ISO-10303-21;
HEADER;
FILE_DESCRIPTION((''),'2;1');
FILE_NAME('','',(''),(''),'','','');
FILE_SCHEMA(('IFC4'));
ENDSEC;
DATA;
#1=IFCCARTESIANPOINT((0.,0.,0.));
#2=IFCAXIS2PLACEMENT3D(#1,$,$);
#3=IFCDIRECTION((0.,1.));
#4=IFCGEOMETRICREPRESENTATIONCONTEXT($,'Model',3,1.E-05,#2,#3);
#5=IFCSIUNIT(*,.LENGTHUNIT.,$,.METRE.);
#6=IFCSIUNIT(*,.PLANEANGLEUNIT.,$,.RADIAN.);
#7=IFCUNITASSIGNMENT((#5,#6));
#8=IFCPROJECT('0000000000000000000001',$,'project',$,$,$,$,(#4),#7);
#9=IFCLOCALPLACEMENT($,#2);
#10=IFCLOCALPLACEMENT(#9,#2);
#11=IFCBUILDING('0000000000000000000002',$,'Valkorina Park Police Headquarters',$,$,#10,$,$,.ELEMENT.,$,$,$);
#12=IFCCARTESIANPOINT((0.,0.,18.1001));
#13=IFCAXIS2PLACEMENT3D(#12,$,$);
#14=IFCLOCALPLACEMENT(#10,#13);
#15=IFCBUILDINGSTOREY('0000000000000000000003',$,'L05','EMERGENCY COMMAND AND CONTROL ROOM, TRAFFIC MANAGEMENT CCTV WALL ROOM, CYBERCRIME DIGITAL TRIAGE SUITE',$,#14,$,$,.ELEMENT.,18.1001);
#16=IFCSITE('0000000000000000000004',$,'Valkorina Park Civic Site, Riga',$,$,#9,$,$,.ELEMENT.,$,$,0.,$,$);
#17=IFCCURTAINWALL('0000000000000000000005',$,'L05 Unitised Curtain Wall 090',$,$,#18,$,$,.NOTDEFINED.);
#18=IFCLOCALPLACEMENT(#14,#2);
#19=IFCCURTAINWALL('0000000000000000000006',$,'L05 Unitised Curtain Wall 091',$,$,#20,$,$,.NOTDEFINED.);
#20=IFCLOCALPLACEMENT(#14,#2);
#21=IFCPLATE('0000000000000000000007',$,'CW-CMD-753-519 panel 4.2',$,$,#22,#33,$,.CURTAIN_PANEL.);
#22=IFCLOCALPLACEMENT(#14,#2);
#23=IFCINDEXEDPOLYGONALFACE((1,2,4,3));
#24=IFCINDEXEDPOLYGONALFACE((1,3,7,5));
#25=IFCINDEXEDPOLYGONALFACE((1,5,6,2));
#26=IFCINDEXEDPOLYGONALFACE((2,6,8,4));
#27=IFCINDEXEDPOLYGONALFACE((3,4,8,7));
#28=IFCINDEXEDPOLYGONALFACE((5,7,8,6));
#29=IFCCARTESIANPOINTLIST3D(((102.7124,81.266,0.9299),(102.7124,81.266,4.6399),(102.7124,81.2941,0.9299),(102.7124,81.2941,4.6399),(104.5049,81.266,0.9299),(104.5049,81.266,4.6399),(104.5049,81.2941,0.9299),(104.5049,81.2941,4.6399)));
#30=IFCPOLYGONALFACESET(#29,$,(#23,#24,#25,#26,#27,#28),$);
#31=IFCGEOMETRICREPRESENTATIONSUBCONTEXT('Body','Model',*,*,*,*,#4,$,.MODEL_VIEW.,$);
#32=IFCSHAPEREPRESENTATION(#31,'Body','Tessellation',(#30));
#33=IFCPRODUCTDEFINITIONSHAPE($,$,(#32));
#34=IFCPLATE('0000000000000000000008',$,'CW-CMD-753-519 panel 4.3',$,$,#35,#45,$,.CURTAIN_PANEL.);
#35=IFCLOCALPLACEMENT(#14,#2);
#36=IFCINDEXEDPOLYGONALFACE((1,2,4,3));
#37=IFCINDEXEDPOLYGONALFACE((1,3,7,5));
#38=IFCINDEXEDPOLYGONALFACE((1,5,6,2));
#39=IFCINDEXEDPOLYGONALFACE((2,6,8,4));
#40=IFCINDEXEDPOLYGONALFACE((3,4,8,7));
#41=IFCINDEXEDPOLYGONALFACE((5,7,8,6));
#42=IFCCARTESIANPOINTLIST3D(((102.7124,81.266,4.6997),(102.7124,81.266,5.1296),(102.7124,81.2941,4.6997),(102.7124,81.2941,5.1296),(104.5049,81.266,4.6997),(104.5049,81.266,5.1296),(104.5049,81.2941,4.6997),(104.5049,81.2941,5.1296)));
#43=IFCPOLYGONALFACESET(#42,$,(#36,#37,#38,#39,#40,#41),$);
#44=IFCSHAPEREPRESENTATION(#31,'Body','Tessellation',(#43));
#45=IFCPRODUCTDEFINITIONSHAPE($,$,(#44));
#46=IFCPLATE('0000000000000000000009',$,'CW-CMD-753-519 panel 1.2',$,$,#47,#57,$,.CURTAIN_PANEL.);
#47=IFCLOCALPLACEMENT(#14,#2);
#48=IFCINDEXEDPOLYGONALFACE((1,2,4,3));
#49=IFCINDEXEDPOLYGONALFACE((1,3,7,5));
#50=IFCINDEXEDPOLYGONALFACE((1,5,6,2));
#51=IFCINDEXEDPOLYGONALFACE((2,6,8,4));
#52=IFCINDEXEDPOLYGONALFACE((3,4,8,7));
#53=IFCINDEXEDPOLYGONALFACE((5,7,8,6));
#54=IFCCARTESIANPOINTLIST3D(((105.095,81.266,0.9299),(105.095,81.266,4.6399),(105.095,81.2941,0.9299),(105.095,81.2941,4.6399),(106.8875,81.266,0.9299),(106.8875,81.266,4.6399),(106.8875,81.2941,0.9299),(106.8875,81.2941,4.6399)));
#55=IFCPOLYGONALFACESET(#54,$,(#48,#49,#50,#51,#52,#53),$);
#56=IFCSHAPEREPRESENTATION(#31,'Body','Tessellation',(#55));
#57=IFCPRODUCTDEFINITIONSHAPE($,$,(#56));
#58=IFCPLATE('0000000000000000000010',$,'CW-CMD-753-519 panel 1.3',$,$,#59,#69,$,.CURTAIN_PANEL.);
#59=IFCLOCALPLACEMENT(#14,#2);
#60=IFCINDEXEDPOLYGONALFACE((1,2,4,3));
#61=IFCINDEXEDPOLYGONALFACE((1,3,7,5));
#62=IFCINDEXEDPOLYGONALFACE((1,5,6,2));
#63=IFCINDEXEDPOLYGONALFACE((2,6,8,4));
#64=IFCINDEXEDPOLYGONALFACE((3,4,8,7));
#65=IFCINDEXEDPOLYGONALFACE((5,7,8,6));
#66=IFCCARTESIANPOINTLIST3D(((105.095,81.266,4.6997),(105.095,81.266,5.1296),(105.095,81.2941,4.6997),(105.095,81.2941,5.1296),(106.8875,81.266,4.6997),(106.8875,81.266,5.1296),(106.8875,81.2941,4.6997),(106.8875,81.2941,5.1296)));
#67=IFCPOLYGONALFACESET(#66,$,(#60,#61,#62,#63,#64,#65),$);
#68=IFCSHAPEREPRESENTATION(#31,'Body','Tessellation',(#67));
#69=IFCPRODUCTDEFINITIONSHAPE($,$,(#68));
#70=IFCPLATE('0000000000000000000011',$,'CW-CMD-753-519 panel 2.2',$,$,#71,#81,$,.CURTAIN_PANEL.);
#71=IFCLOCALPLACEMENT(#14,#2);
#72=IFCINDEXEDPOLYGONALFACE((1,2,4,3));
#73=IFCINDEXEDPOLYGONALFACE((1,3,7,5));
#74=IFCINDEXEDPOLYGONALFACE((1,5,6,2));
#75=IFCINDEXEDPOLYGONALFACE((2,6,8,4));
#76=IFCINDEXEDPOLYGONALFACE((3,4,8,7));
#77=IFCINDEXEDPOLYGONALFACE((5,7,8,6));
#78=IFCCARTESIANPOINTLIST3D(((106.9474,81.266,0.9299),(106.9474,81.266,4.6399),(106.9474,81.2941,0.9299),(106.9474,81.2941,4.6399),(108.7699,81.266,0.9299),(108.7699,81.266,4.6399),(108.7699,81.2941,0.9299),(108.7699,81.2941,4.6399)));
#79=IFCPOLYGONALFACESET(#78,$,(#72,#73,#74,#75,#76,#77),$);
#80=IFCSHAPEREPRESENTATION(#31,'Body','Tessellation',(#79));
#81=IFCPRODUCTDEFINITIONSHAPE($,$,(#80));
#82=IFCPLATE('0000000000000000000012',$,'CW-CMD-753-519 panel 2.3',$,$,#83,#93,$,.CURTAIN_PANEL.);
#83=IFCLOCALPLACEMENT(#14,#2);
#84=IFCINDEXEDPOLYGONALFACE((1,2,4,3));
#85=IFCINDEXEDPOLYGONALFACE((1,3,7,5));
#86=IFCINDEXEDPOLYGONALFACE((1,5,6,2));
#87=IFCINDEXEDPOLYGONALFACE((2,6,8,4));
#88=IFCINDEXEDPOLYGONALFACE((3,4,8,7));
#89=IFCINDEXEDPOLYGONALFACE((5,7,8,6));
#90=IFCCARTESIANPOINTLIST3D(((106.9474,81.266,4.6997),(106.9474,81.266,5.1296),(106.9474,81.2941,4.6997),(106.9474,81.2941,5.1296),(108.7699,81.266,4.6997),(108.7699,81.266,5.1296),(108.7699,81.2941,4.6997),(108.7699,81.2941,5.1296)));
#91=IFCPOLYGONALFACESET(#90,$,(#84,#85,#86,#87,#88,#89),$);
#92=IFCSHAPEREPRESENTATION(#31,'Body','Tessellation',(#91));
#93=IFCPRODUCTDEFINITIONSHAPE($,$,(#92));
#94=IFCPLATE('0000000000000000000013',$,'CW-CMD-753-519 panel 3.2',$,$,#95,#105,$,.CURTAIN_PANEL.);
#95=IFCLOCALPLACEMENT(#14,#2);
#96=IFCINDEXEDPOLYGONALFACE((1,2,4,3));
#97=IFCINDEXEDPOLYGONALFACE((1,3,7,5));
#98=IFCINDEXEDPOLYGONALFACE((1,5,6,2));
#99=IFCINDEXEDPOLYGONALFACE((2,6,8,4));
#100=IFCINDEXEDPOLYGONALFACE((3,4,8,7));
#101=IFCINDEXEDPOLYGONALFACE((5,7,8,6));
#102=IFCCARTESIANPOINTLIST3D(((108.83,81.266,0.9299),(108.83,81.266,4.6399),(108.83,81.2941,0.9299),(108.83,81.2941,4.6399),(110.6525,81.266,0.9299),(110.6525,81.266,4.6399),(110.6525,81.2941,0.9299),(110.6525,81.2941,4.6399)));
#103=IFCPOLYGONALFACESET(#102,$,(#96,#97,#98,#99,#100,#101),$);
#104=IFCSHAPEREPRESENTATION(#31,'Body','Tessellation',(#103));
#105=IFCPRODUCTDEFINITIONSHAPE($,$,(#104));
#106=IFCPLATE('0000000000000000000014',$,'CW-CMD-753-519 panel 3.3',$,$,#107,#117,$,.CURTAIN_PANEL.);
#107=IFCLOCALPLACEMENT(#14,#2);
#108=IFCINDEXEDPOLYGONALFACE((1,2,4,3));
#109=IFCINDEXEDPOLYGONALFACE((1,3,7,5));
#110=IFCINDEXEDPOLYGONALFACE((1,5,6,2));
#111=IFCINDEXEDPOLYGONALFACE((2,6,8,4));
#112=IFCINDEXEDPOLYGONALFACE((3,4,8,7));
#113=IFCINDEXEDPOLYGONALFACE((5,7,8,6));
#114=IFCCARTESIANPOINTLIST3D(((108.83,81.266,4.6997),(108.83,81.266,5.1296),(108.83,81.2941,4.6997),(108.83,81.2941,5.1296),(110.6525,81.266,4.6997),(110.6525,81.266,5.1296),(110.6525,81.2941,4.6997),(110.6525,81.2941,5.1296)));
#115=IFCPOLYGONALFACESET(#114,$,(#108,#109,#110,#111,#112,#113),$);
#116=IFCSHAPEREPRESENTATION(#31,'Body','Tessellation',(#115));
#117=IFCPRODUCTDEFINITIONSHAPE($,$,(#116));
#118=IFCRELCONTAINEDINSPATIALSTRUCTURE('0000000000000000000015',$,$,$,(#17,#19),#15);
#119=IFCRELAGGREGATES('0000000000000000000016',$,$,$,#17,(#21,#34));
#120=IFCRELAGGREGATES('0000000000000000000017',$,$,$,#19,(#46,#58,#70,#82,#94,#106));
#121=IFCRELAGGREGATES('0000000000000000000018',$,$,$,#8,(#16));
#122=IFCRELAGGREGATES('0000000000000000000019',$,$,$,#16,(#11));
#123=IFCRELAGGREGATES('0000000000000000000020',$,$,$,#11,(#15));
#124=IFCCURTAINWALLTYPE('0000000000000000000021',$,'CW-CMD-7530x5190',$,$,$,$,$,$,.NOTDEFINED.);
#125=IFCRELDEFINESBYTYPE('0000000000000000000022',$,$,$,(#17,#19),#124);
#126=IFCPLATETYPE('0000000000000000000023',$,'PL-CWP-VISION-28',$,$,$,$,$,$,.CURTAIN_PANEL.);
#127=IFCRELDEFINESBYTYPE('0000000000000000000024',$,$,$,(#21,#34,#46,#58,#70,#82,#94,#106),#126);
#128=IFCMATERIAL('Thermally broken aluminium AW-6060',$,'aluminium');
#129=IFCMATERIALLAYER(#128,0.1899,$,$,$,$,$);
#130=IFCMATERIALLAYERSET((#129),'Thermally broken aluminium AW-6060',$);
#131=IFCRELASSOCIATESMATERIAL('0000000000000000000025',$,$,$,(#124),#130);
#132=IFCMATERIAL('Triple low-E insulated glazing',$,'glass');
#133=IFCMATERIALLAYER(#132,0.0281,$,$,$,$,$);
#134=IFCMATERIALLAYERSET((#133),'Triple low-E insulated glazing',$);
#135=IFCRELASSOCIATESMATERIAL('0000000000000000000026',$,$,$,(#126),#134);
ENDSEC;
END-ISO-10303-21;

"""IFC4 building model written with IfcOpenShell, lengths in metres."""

from ifc_helpers import new_model, si_unit, direction, frame, origin, origin_2d, place, context, subcontext, project, spatial, rectangle, extrude, material, layer, layer_set, type_object, element, aggregate, save


model = new_model("IFC4")

# Units and contexts
model_context = context("Model", 3, precision=1e-05, world=origin(), true_north=direction((0.0, 1.0)))
body_context = subcontext(model_context, "Body", "Model", "MODEL_VIEW")
ifc_project = project(units=[si_unit("LENGTHUNIT", "METRE"), si_unit("PLANEANGLEUNIT", "RADIAN")], contexts=[model_context])

# Site, building, storey
site_placement = place(None, origin())
site = spatial("IfcSite", under=ifc_project, at=site_placement, Name="Valkorina Park Civic Site, Riga", CompositionType="ELEMENT", RefElevation=0.0)
building_placement = place(site_placement, origin())
building = spatial("IfcBuilding", under=site, at=building_placement, Name="Valkorina Park Police Headquarters", CompositionType="ELEMENT")
storey_placement = place(building_placement, frame((0.0, 0.0, 18.1001)))
storey = spatial("IfcBuildingStorey", under=building, at=storey_placement, Name="L05", Description="EMERGENCY COMMAND AND CONTROL ROOM, TRAFFIC MANAGEMENT CCTV WALL ROOM, CYBERCRIME DIGITAL TRIAGE SUITE", CompositionType="ELEMENT", Elevation=18.1001)

# Curtain wall
ifc_material_1 = material(Name="Thermally broken aluminium AW-6060", Category="aluminium")
ifc_layer_1 = layer(ifc_material_1, 0.1899)
ifc_layer_set_1 = layer_set([ifc_layer_1], Name="Thermally broken aluminium AW-6060")
curtain_wall_type = type_object("IfcCurtainWallType", Name="CW-CMD-7530x5190", PredefinedType="NOTDEFINED", material=ifc_layer_set_1)
curtain_wall_1_placement = place(storey_placement, origin())
curtain_wall_1 = element("IfcCurtainWall", 1, at=curtain_wall_1_placement, inside=storey, type_object=curtain_wall_type, Name="L05 Unitised Curtain Wall 090", PredefinedType="NOTDEFINED")

# Curtain wall
curtain_wall_2_placement = place(storey_placement, origin())
curtain_wall_2 = element("IfcCurtainWall", 2, at=curtain_wall_2_placement, inside=storey, type_object=curtain_wall_type, Name="L05 Unitised Curtain Wall 091", PredefinedType="NOTDEFINED")

# Plates
ifc_material_2 = material(Name="Triple low-E insulated glazing", Category="glass")
ifc_layer_2 = layer(ifc_material_2, 0.0281)
ifc_layer_set_2 = layer_set([ifc_layer_2], Name="Triple low-E insulated glazing")
plate_type_1 = type_object("IfcPlateType", Name="PL-CWP-VISION-28", PredefinedType="CURTAIN_PANEL", material=ifc_layer_set_2)
plate_1_placement = place(storey_placement, frame((103.6086, 81.28, 0.9299), z_axis=(0.0, 0.0, 1.0), x_axis=(1.0, 0.0, 0.0)))
plate_1 = element("IfcPlate", 3, at=plate_1_placement, type_object=plate_type_1, Name="CW-CMD-753-519 panel 4.2", PredefinedType="CURTAIN_PANEL", context=body_context, shape_type="SweptSolid", body=[
    extrude(rectangle(XDim=1.7925, YDim=0.0281, at=origin_2d()), origin(), (0.0, 0.0, 1.0), 3.71),
])
plate_2_placement = place(storey_placement, frame((103.6086, 81.28, 4.6997), z_axis=(0.0, 0.0, 1.0), x_axis=(1.0, 0.0, 0.0)))
plate_2 = element("IfcPlate", 4, at=plate_2_placement, type_object=plate_type_1, Name="CW-CMD-753-519 panel 4.3", PredefinedType="CURTAIN_PANEL", context=body_context, shape_type="SweptSolid", body=[
    extrude(rectangle(XDim=1.7925, YDim=0.0281, at=origin_2d()), origin(), (0.0, 0.0, 1.0), 0.4299),
])
aggregate(curtain_wall_1, [plate_1, plate_2])
plate_3_placement = place(storey_placement, frame((105.9912, 81.28, 0.9299), z_axis=(0.0, 0.0, 1.0), x_axis=(1.0, 0.0, 0.0)))
plate_3 = element("IfcPlate", 5, at=plate_3_placement, type_object=plate_type_1, Name="CW-CMD-753-519 panel 1.2", PredefinedType="CURTAIN_PANEL", context=body_context, shape_type="SweptSolid", body=[
    extrude(rectangle(XDim=1.7925, YDim=0.0281, at=origin_2d()), origin(), (0.0, 0.0, 1.0), 3.71),
])
plate_4_placement = place(storey_placement, frame((105.9912, 81.28, 4.6997), z_axis=(0.0, 0.0, 1.0), x_axis=(1.0, 0.0, 0.0)))
plate_4 = element("IfcPlate", 6, at=plate_4_placement, type_object=plate_type_1, Name="CW-CMD-753-519 panel 1.3", PredefinedType="CURTAIN_PANEL", context=body_context, shape_type="SweptSolid", body=[
    extrude(rectangle(XDim=1.7925, YDim=0.0281, at=origin_2d()), origin(), (0.0, 0.0, 1.0), 0.4299),
])
plate_5_placement = place(storey_placement, frame((107.8586, 81.28, 0.9299), z_axis=(0.0, 0.0, 1.0), x_axis=(1.0, 0.0, 0.0)))
plate_5 = element("IfcPlate", 7, at=plate_5_placement, type_object=plate_type_1, Name="CW-CMD-753-519 panel 2.2", PredefinedType="CURTAIN_PANEL", context=body_context, shape_type="SweptSolid", body=[
    extrude(rectangle(XDim=1.8225, YDim=0.0281, at=origin_2d()), origin(), (0.0, 0.0, 1.0), 3.71),
])
plate_6_placement = place(storey_placement, frame((107.8586, 81.28, 4.6997), z_axis=(0.0, 0.0, 1.0), x_axis=(1.0, 0.0, 0.0)))
plate_6 = element("IfcPlate", 8, at=plate_6_placement, type_object=plate_type_1, Name="CW-CMD-753-519 panel 2.3", PredefinedType="CURTAIN_PANEL", context=body_context, shape_type="SweptSolid", body=[
    extrude(rectangle(XDim=1.8225, YDim=0.0281, at=origin_2d()), origin(), (0.0, 0.0, 1.0), 0.4299),
])
plate_7_placement = place(storey_placement, frame((109.7412, 81.28, 0.9299), z_axis=(0.0, 0.0, 1.0), x_axis=(1.0, 0.0, 0.0)))
plate_7 = element("IfcPlate", 9, at=plate_7_placement, type_object=plate_type_1, Name="CW-CMD-753-519 panel 3.2", PredefinedType="CURTAIN_PANEL", context=body_context, shape_type="SweptSolid", body=[
    extrude(rectangle(XDim=1.8225, YDim=0.0281, at=origin_2d()), origin(), (0.0, 0.0, 1.0), 3.71),
])
plate_8_placement = place(storey_placement, frame((109.7412, 81.28, 4.6997), z_axis=(0.0, 0.0, 1.0), x_axis=(1.0, 0.0, 0.0)))
plate_8 = element("IfcPlate", 10, at=plate_8_placement, type_object=plate_type_1, Name="CW-CMD-753-519 panel 3.3", PredefinedType="CURTAIN_PANEL", context=body_context, shape_type="SweptSolid", body=[
    extrude(rectangle(XDim=1.8225, YDim=0.0281, at=origin_2d()), origin(), (0.0, 0.0, 1.0), 0.4299),
])
aggregate(curtain_wall_2, [plate_3, plate_4, plate_5, plate_6, plate_7, plate_8])

save(model, "model.ifc")
